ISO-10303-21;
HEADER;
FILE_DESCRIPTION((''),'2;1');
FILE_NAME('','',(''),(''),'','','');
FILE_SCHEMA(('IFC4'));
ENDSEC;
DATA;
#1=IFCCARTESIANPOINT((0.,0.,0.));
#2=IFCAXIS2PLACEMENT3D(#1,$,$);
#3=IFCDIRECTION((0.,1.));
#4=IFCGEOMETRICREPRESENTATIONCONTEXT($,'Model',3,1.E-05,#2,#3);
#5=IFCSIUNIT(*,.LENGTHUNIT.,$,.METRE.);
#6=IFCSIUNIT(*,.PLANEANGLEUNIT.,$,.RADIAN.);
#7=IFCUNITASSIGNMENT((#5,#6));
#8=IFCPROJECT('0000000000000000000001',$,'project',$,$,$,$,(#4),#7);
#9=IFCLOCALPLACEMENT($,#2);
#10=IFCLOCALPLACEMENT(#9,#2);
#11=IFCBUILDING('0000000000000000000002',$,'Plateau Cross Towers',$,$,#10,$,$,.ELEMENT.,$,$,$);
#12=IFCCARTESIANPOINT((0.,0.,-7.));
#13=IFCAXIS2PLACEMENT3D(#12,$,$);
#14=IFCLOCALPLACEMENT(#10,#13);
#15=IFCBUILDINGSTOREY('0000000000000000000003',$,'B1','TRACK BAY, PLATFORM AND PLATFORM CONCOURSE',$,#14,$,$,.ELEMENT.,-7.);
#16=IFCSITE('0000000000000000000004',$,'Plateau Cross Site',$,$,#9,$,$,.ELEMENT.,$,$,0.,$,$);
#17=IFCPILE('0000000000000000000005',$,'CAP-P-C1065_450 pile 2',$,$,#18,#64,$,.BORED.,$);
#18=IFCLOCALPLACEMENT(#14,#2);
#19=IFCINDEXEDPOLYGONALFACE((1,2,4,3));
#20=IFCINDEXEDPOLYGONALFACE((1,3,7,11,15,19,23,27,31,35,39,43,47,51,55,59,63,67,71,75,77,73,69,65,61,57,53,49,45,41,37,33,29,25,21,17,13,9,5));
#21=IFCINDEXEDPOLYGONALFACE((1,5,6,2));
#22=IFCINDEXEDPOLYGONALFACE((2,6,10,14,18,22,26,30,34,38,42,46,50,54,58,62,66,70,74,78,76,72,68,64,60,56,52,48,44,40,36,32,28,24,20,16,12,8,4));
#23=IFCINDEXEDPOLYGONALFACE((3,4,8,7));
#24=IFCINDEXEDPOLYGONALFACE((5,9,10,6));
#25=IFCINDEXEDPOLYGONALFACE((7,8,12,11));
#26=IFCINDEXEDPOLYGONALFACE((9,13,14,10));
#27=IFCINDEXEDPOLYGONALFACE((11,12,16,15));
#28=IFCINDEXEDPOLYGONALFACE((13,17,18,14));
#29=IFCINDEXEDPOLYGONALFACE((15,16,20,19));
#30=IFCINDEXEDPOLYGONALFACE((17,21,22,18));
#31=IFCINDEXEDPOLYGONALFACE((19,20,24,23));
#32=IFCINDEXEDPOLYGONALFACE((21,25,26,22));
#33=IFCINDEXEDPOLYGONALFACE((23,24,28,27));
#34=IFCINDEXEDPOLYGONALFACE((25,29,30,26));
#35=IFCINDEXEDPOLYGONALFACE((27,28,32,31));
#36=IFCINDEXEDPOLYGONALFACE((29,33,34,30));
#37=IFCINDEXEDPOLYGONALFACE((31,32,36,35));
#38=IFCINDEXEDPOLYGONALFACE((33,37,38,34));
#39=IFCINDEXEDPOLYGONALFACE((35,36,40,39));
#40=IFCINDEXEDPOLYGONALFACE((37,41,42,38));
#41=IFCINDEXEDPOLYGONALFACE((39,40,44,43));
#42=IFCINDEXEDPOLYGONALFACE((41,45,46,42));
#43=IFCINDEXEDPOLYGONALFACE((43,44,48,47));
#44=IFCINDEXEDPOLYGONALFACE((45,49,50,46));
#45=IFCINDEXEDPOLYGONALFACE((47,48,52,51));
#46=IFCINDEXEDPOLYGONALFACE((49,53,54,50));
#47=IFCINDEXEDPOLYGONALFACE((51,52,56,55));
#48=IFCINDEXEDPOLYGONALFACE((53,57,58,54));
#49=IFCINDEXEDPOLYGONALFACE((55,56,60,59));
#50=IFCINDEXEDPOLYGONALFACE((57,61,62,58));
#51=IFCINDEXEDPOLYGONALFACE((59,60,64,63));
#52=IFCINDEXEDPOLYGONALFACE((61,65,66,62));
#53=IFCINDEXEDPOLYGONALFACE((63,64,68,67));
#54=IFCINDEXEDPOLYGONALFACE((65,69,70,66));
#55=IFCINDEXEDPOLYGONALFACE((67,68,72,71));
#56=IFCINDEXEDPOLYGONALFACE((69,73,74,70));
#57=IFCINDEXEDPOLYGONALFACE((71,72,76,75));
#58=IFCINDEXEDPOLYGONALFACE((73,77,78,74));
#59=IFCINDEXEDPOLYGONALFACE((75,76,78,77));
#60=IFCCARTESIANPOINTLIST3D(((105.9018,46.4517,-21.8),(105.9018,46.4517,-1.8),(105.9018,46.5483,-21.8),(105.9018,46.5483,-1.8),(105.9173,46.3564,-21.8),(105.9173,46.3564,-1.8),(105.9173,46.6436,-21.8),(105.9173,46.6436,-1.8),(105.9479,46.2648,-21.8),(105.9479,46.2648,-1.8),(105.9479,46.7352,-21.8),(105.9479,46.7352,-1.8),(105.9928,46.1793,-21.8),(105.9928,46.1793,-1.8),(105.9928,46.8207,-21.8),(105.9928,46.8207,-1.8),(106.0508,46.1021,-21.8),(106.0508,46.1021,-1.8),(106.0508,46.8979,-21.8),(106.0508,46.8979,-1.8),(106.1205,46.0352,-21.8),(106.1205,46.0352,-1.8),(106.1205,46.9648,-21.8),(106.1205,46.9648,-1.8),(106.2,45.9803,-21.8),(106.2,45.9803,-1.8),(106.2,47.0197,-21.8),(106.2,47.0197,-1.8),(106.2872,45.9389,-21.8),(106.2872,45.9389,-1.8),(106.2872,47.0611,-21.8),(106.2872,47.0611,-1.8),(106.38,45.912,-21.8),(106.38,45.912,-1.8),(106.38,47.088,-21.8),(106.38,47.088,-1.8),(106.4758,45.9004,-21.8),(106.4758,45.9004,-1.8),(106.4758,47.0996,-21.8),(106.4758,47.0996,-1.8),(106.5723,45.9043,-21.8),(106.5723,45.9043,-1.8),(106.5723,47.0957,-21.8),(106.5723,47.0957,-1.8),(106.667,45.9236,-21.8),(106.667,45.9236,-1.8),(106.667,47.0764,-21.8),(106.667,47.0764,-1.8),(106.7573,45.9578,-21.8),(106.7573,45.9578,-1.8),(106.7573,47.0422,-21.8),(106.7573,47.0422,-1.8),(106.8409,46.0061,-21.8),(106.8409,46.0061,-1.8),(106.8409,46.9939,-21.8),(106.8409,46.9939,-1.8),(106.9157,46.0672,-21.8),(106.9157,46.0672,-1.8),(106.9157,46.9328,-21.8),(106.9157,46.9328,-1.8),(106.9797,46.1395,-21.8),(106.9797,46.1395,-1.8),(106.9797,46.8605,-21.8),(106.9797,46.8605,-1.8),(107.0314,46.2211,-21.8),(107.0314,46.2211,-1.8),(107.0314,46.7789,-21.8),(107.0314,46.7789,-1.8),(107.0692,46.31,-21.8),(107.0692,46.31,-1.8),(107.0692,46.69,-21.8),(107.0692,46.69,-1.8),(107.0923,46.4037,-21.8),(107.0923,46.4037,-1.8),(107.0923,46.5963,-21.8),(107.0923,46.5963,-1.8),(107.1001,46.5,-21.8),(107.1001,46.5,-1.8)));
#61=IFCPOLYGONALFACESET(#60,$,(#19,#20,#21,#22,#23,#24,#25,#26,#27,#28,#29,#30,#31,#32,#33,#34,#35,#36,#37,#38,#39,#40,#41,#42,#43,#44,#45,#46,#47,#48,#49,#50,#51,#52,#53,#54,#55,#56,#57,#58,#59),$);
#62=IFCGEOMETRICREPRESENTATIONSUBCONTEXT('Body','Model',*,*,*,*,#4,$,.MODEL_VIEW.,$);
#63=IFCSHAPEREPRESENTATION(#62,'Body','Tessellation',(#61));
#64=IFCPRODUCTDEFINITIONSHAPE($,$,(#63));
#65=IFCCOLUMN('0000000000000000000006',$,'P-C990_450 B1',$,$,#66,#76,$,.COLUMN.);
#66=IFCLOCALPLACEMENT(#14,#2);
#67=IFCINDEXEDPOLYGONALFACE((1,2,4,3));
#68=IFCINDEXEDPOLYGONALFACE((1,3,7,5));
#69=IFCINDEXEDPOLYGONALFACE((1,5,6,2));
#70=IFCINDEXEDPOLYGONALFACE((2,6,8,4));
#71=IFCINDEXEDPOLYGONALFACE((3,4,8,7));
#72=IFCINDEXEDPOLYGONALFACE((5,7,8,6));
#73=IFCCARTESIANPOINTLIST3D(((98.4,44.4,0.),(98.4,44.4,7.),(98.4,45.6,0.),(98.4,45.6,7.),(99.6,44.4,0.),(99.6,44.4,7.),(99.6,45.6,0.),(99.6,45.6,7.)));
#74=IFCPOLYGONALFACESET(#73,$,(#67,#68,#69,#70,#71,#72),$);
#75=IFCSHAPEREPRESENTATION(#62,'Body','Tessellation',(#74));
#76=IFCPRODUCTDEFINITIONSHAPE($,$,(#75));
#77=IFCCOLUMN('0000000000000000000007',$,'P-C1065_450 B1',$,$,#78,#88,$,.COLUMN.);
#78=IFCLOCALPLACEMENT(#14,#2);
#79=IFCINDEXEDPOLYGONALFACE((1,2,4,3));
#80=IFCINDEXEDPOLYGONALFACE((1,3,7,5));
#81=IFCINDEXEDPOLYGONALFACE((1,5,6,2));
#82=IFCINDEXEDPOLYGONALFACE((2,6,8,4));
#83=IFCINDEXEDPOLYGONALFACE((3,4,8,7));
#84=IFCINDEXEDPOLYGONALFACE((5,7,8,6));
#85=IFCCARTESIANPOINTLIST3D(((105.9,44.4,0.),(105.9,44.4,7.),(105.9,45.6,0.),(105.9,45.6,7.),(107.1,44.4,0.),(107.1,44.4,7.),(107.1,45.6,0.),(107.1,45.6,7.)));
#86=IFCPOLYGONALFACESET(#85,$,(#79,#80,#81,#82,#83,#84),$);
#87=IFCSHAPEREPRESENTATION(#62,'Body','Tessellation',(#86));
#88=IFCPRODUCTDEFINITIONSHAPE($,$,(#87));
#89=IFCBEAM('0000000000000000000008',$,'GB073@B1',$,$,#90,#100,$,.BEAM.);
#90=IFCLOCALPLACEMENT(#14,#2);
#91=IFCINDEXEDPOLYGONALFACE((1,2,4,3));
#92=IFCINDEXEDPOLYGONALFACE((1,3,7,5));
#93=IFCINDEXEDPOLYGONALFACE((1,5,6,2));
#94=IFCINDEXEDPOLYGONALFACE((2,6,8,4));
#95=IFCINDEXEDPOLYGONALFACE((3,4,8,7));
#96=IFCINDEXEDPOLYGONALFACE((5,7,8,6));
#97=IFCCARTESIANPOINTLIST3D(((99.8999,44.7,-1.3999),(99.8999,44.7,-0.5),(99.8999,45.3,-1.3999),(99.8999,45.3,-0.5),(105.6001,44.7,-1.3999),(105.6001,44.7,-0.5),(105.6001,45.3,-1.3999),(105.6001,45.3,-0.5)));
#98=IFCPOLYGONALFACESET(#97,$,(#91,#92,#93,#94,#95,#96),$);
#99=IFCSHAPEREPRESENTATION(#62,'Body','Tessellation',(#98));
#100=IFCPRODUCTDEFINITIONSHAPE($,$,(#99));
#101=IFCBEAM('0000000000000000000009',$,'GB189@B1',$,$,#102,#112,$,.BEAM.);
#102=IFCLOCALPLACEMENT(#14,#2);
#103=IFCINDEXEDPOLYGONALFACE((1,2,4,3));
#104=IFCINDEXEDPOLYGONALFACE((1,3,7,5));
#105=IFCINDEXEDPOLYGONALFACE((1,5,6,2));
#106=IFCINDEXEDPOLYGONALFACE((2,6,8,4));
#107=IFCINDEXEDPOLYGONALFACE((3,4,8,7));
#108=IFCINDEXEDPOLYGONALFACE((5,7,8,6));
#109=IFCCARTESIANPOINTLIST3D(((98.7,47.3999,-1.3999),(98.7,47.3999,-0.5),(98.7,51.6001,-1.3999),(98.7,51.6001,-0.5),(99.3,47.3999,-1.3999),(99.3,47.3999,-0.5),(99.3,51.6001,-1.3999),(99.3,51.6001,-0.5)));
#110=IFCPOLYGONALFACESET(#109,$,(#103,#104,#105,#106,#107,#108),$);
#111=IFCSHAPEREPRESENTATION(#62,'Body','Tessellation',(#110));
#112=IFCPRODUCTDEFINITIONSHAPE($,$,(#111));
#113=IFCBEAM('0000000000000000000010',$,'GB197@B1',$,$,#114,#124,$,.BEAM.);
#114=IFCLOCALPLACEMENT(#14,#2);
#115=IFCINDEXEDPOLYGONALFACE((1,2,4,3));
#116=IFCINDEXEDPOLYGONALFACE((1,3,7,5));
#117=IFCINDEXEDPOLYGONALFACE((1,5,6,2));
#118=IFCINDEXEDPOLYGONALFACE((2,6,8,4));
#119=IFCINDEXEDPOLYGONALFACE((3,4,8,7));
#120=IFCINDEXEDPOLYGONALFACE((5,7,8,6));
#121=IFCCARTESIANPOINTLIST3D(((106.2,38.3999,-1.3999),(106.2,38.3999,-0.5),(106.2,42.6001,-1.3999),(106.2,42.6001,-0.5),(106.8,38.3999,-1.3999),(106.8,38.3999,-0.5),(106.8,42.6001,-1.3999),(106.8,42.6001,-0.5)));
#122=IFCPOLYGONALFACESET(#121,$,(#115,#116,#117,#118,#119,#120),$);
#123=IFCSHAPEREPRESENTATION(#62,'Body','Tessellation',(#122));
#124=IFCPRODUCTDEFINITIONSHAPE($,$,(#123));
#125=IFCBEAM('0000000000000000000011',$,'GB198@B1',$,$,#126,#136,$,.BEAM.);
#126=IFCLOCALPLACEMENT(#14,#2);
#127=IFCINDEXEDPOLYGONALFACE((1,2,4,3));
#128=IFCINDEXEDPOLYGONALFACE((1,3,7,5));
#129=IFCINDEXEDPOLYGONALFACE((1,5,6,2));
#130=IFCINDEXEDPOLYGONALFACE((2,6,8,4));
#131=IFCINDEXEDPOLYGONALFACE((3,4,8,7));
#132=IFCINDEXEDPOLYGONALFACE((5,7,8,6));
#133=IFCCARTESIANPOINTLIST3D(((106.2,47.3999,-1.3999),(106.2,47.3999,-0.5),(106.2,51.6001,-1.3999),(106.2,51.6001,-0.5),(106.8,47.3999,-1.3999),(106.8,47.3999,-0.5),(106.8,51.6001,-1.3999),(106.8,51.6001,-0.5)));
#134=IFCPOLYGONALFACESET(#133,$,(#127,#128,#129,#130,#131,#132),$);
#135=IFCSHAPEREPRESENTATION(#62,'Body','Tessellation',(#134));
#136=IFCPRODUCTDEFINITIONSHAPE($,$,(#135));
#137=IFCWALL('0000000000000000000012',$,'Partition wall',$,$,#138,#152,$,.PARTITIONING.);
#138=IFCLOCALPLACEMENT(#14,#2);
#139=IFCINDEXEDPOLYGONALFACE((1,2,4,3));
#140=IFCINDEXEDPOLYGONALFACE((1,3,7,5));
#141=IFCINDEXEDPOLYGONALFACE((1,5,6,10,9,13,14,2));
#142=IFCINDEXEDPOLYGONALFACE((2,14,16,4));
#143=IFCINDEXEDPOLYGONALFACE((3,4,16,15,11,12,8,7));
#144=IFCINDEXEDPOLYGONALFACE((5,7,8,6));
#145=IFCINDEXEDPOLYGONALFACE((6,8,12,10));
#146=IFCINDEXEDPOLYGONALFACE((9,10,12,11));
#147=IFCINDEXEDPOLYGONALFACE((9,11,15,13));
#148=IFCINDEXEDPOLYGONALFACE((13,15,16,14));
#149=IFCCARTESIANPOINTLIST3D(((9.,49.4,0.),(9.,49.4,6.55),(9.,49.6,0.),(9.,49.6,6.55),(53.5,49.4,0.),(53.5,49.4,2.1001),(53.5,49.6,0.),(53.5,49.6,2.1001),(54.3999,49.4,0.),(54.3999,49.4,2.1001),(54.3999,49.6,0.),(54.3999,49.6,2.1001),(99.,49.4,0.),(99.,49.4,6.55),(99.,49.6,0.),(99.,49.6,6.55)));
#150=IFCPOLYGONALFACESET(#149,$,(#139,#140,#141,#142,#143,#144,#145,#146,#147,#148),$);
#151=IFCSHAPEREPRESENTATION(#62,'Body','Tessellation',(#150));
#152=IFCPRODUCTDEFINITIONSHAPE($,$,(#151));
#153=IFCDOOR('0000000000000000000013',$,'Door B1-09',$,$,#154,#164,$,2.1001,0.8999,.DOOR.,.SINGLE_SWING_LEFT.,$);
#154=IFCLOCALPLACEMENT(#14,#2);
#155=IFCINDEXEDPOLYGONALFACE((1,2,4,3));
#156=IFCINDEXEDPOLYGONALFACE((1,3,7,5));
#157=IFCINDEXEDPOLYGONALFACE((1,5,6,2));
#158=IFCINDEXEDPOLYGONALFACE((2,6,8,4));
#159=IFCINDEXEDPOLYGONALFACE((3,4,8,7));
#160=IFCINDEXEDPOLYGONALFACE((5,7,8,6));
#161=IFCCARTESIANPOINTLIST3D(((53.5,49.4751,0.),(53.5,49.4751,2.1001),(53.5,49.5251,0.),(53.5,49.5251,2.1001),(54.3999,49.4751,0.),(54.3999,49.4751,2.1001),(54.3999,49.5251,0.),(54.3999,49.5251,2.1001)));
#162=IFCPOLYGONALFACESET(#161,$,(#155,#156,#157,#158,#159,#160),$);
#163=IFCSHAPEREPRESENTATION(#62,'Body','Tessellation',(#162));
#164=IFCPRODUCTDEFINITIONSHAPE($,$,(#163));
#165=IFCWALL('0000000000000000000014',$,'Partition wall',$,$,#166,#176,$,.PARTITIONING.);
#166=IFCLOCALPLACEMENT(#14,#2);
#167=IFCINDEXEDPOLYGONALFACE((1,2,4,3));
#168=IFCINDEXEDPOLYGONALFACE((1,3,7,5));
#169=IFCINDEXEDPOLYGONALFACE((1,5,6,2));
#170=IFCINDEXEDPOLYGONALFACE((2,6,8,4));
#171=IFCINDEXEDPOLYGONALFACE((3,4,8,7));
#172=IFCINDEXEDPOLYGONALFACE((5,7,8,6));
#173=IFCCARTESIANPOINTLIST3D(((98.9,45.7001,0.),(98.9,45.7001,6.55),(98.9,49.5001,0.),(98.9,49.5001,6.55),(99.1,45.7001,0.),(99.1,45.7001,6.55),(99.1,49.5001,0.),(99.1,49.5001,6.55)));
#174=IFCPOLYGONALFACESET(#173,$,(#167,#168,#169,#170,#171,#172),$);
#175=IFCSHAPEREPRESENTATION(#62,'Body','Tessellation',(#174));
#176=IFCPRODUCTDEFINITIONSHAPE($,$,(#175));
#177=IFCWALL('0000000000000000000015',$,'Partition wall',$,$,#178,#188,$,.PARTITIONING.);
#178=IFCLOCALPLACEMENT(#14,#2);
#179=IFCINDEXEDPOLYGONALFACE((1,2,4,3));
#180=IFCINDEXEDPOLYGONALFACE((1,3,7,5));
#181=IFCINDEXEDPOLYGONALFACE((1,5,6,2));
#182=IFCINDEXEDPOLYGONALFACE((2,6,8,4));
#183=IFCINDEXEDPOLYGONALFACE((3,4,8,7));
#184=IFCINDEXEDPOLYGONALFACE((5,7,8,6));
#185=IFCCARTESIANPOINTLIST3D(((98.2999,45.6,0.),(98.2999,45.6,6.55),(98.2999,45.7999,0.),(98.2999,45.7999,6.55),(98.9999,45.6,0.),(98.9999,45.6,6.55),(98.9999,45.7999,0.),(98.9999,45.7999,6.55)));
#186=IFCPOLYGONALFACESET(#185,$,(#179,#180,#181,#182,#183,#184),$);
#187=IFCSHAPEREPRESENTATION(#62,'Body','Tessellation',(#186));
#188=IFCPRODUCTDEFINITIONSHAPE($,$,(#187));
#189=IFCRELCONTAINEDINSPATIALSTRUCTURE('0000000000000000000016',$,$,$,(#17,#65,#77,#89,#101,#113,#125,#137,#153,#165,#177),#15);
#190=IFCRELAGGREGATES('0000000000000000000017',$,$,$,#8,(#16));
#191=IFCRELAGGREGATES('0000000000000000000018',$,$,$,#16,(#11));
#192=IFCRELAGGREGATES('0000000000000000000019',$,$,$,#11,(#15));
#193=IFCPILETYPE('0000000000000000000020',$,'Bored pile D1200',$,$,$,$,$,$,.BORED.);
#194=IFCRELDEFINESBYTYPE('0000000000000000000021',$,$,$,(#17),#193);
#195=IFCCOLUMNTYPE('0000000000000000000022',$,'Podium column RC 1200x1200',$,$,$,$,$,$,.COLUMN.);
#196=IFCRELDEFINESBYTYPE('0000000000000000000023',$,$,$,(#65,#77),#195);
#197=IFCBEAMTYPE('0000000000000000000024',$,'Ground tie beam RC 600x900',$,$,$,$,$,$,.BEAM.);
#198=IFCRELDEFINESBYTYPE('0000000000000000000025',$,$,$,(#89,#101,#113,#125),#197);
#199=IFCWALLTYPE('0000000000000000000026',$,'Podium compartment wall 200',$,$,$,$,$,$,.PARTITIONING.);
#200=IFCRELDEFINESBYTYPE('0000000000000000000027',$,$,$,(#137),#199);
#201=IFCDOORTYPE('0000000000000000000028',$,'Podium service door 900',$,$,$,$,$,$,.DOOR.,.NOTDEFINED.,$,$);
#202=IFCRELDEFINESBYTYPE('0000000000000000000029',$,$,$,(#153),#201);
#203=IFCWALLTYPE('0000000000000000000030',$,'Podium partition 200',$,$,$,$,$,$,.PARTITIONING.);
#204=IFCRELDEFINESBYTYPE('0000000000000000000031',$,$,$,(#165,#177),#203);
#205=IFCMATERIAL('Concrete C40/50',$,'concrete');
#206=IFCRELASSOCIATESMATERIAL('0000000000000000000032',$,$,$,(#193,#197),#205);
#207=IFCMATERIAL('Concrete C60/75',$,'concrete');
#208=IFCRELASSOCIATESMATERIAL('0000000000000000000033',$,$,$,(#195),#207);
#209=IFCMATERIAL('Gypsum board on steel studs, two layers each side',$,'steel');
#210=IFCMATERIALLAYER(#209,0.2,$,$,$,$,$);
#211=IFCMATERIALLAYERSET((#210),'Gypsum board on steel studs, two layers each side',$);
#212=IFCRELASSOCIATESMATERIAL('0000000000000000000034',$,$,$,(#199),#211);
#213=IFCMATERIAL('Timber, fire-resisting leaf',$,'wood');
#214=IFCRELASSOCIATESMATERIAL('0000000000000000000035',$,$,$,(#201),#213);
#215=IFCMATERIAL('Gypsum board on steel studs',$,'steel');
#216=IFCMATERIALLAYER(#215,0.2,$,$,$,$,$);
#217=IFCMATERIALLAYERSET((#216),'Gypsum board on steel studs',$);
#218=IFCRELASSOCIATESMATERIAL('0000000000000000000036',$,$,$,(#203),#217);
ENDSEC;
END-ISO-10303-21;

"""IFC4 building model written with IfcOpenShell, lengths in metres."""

from ifc_helpers import new_model, si_unit, direction, frame, frame_2d, origin, origin_2d, place, context, subcontext, project, spatial, rectangle, circle, extrude, material, layer, layer_set, material_profile, profile_set, type_object, element, fill, save


model = new_model("IFC4")

# Units and contexts
model_context = context("Model", 3, precision=1e-05, world=origin(), true_north=direction((0.0, 1.0)))
body_context = subcontext(model_context, "Body", "Model", "MODEL_VIEW")
ifc_project = project(units=[si_unit("LENGTHUNIT", "METRE"), si_unit("PLANEANGLEUNIT", "RADIAN")], contexts=[model_context])

# Site, building, storey
site_placement = place(None, origin())
site = spatial("IfcSite", under=ifc_project, at=site_placement, Name="Plateau Cross Site", CompositionType="ELEMENT", RefElevation=0.0)
building_placement = place(site_placement, origin())
building = spatial("IfcBuilding", under=site, at=building_placement, Name="Plateau Cross Towers", CompositionType="ELEMENT")
storey_placement = place(building_placement, frame((0.0, 0.0, -7.0)))
storey = spatial("IfcBuildingStorey", under=building, at=storey_placement, Name="B1", Description="TRACK BAY, PLATFORM AND PLATFORM CONCOURSE", CompositionType="ELEMENT", Elevation=-7.0)

# Pile
ifc_material_1 = material(Name="Concrete C40/50", Category="concrete")
ifc_material_profile_1 = material_profile(ifc_material_1, circle(Radius=0.6001, at=origin_2d()), Name="Bored pile D1200")
ifc_profile_set_1 = profile_set([ifc_material_profile_1], Name="Concrete C40/50")
pile_type = type_object("IfcPileType", Name="Bored pile D1200", PredefinedType="BORED", material=ifc_profile_set_1)
for number, where, z_axis, x_axis, name in (
    (1, (106.5, 46.5, -1.8), (0.0, 0.0, -1.0), (1.0, 0.0, 0.0), "CAP-P-C1065_450 pile 2"),
):
    element("IfcPile", number, at=place(storey_placement, frame(where, z_axis=z_axis, x_axis=x_axis)), inside=storey, type_object=pile_type, Name=name, PredefinedType="BORED", context=body_context, shape_type="SweptSolid", body=[
        extrude(circle(Radius=0.6001, at=origin_2d()), origin(), (0.0, 0.0, 1.0), 20.0),
    ])

# Columns
ifc_material_2 = material(Name="Concrete C60/75", Category="concrete")
ifc_material_profile_2 = material_profile(ifc_material_2, rectangle(XDim=1.2, YDim=1.2, at=origin_2d()), Name="RC 1200x1200")
ifc_profile_set_2 = profile_set([ifc_material_profile_2], Name="Concrete C60/75")
column_type = type_object("IfcColumnType", Name="Podium column RC 1200x1200", PredefinedType="COLUMN", material=ifc_profile_set_2)
for number, where, z_axis, x_axis, name in (
    (2, (99.0, 45.0, 0.0), (0.0, 0.0, 1.0), (1.0, 0.0, 0.0), "P-C990_450 B1"),
    (3, (106.5, 45.0, 0.0), (0.0, 0.0, 1.0), (1.0, 0.0, 0.0), "P-C1065_450 B1"),
):
    element("IfcColumn", number, at=place(storey_placement, frame(where, z_axis=z_axis, x_axis=x_axis)), inside=storey, type_object=column_type, Name=name, PredefinedType="COLUMN", context=body_context, shape_type="SweptSolid", body=[
        extrude(rectangle(XDim=1.2, YDim=1.2, at=origin_2d()), origin(), (0.0, 0.0, 1.0), 7.0),
    ])

# Beams
ifc_material_profile_3 = material_profile(ifc_material_1, rectangle(XDim=0.6001, YDim=0.8999, at=origin_2d()), Name="RC 600x900")
ifc_profile_set_3 = profile_set([ifc_material_profile_3], Name="Concrete C40/50")
beam_type = type_object("IfcBeamType", Name="Ground tie beam RC 600x900", PredefinedType="BEAM", material=ifc_profile_set_3)
beam_placement = place(storey_placement, frame((99.8999, 45.0, -0.95), z_axis=(1.0, 0.0, 0.0), x_axis=(0.0, 1.0, 0.0)))
element("IfcBeam", 4, at=beam_placement, inside=storey, type_object=beam_type, Name="GB073@B1", PredefinedType="BEAM", context=body_context, shape_type="SweptSolid", body=[
    extrude(rectangle(XDim=0.6001, YDim=0.8999, at=origin_2d()), origin(), (0.0, 0.0, 1.0), 5.7002),
])
for number, where, z_axis, x_axis, name in (
    (5, (99.0, 47.3999, -0.95), (0.0, 1.0, 0.0), (-1.0, 0.0, 0.0), "GB189@B1"),
    (6, (106.5, 38.3999, -0.95), (0.0, 1.0, 0.0), (-1.0, 0.0, 0.0), "GB197@B1"),
    (7, (106.5, 47.3999, -0.95), (0.0, 1.0, 0.0), (-1.0, 0.0, 0.0), "GB198@B1"),
):
    element("IfcBeam", number, at=place(storey_placement, frame(where, z_axis=z_axis, x_axis=x_axis)), inside=storey, type_object=beam_type, Name=name, PredefinedType="BEAM", context=body_context, shape_type="SweptSolid", body=[
        extrude(rectangle(XDim=0.6001, YDim=0.8999, at=origin_2d()), origin(), (0.0, 0.0, 1.0), 4.2002),
    ])

# Wall, opening, door
ifc_material_3 = material(Name="Gypsum board on steel studs, two layers each side", Category="steel")
ifc_layer_1 = layer(ifc_material_3, 0.2)
ifc_layer_set_1 = layer_set([ifc_layer_1], Name="Gypsum board on steel studs, two layers each side")
wall_type_1 = type_object("IfcWallType", Name="Podium compartment wall 200", PredefinedType="PARTITIONING", material=ifc_layer_set_1)
wall_1_placement = place(storey_placement, frame((99.0, 49.5, 0.0), z_axis=(0.0, 0.0, 1.0), x_axis=(-1.0, 0.0, 0.0)))
wall_1 = element("IfcWall", 8, at=wall_1_placement, inside=storey, type_object=wall_type_1, Name="Partition wall", PredefinedType="PARTITIONING", context=body_context, shape_type="SweptSolid", body=[
    extrude(rectangle(XDim=90.0, YDim=0.2, at=frame_2d((45.0, 0.0))), origin(), (0.0, 0.0, 1.0), 6.55),
])
opening_1_placement = place(wall_1_placement, frame((44.6001, 0.0, 0.0)))
opening_1 = element("IfcOpeningElement", 9, at=opening_1_placement, cuts=wall_1, PredefinedType="OPENING", context=body_context, shape_type="SweptSolid", body=[
    extrude(rectangle(XDim=0.8999, YDim=2.1001, at=frame_2d((0.45, 1.05))), frame((0.0, 0.1099, 0.0), z_axis=(0.0, -1.0, 0.0), x_axis=(1.0, 0.0, 0.0)), (0.0, 0.0, 1.0), 0.22),
])
ifc_material_4 = material(Name="Timber, fire-resisting leaf", Category="wood")
door_type_1 = type_object("IfcDoorType", Name="Podium service door 900", OperationType="NOTDEFINED", PredefinedType="DOOR", material=ifc_material_4)
door_1_placement = place(opening_1_placement, origin())
door_1 = element("IfcDoor", 10, at=door_1_placement, inside=storey, type_object=door_type_1, Name="Door B1-09", OperationType="SINGLE_SWING_LEFT", OverallHeight=2.1001, OverallWidth=0.8999, PredefinedType="DOOR", context=body_context, shape_type="SweptSolid", body=[
    extrude(rectangle(XDim=0.8999, YDim=2.1001, at=frame_2d((0.45, 1.05))), frame((0.0, 0.0249, 0.0), z_axis=(0.0, -1.0, 0.0), x_axis=(1.0, 0.0, 0.0)), (0.0, 0.0, 1.0), 0.05),
])
fill(opening_1, door_1)

# Walls
ifc_material_5 = material(Name="Gypsum board on steel studs", Category="steel")
ifc_layer_2 = layer(ifc_material_5, 0.2)
ifc_layer_set_2 = layer_set([ifc_layer_2], Name="Gypsum board on steel studs")
wall_type_2 = type_object("IfcWallType", Name="Podium partition 200", PredefinedType="PARTITIONING", material=ifc_layer_set_2)
wall_2_placement = place(storey_placement, frame((99.0, 49.5, 0.0), z_axis=(0.0, 0.0, 1.0), x_axis=(0.0, -1.0, 0.0)))
element("IfcWall", 11, at=wall_2_placement, inside=storey, type_object=wall_type_2, Name="Partition wall", PredefinedType="PARTITIONING", context=body_context, shape_type="SweptSolid", body=[
    extrude(rectangle(XDim=3.8, YDim=0.2, at=frame_2d((1.8999, 0.0))), origin(), (0.0, 0.0, 1.0), 6.55),
])
wall_3_placement = place(storey_placement, frame((99.0, 45.7, 0.0), z_axis=(0.0, 0.0, 1.0), x_axis=(-1.0, 0.0, 0.0)))
element("IfcWall", 12, at=wall_3_placement, inside=storey, type_object=wall_type_2, Name="Partition wall", PredefinedType="PARTITIONING", context=body_context, shape_type="SweptSolid", body=[
    extrude(rectangle(XDim=0.7, YDim=0.2, at=frame_2d((0.3501, 0.0))), origin(), (0.0, 0.0, 1.0), 6.55),
])

save(model, "model.ifc")
